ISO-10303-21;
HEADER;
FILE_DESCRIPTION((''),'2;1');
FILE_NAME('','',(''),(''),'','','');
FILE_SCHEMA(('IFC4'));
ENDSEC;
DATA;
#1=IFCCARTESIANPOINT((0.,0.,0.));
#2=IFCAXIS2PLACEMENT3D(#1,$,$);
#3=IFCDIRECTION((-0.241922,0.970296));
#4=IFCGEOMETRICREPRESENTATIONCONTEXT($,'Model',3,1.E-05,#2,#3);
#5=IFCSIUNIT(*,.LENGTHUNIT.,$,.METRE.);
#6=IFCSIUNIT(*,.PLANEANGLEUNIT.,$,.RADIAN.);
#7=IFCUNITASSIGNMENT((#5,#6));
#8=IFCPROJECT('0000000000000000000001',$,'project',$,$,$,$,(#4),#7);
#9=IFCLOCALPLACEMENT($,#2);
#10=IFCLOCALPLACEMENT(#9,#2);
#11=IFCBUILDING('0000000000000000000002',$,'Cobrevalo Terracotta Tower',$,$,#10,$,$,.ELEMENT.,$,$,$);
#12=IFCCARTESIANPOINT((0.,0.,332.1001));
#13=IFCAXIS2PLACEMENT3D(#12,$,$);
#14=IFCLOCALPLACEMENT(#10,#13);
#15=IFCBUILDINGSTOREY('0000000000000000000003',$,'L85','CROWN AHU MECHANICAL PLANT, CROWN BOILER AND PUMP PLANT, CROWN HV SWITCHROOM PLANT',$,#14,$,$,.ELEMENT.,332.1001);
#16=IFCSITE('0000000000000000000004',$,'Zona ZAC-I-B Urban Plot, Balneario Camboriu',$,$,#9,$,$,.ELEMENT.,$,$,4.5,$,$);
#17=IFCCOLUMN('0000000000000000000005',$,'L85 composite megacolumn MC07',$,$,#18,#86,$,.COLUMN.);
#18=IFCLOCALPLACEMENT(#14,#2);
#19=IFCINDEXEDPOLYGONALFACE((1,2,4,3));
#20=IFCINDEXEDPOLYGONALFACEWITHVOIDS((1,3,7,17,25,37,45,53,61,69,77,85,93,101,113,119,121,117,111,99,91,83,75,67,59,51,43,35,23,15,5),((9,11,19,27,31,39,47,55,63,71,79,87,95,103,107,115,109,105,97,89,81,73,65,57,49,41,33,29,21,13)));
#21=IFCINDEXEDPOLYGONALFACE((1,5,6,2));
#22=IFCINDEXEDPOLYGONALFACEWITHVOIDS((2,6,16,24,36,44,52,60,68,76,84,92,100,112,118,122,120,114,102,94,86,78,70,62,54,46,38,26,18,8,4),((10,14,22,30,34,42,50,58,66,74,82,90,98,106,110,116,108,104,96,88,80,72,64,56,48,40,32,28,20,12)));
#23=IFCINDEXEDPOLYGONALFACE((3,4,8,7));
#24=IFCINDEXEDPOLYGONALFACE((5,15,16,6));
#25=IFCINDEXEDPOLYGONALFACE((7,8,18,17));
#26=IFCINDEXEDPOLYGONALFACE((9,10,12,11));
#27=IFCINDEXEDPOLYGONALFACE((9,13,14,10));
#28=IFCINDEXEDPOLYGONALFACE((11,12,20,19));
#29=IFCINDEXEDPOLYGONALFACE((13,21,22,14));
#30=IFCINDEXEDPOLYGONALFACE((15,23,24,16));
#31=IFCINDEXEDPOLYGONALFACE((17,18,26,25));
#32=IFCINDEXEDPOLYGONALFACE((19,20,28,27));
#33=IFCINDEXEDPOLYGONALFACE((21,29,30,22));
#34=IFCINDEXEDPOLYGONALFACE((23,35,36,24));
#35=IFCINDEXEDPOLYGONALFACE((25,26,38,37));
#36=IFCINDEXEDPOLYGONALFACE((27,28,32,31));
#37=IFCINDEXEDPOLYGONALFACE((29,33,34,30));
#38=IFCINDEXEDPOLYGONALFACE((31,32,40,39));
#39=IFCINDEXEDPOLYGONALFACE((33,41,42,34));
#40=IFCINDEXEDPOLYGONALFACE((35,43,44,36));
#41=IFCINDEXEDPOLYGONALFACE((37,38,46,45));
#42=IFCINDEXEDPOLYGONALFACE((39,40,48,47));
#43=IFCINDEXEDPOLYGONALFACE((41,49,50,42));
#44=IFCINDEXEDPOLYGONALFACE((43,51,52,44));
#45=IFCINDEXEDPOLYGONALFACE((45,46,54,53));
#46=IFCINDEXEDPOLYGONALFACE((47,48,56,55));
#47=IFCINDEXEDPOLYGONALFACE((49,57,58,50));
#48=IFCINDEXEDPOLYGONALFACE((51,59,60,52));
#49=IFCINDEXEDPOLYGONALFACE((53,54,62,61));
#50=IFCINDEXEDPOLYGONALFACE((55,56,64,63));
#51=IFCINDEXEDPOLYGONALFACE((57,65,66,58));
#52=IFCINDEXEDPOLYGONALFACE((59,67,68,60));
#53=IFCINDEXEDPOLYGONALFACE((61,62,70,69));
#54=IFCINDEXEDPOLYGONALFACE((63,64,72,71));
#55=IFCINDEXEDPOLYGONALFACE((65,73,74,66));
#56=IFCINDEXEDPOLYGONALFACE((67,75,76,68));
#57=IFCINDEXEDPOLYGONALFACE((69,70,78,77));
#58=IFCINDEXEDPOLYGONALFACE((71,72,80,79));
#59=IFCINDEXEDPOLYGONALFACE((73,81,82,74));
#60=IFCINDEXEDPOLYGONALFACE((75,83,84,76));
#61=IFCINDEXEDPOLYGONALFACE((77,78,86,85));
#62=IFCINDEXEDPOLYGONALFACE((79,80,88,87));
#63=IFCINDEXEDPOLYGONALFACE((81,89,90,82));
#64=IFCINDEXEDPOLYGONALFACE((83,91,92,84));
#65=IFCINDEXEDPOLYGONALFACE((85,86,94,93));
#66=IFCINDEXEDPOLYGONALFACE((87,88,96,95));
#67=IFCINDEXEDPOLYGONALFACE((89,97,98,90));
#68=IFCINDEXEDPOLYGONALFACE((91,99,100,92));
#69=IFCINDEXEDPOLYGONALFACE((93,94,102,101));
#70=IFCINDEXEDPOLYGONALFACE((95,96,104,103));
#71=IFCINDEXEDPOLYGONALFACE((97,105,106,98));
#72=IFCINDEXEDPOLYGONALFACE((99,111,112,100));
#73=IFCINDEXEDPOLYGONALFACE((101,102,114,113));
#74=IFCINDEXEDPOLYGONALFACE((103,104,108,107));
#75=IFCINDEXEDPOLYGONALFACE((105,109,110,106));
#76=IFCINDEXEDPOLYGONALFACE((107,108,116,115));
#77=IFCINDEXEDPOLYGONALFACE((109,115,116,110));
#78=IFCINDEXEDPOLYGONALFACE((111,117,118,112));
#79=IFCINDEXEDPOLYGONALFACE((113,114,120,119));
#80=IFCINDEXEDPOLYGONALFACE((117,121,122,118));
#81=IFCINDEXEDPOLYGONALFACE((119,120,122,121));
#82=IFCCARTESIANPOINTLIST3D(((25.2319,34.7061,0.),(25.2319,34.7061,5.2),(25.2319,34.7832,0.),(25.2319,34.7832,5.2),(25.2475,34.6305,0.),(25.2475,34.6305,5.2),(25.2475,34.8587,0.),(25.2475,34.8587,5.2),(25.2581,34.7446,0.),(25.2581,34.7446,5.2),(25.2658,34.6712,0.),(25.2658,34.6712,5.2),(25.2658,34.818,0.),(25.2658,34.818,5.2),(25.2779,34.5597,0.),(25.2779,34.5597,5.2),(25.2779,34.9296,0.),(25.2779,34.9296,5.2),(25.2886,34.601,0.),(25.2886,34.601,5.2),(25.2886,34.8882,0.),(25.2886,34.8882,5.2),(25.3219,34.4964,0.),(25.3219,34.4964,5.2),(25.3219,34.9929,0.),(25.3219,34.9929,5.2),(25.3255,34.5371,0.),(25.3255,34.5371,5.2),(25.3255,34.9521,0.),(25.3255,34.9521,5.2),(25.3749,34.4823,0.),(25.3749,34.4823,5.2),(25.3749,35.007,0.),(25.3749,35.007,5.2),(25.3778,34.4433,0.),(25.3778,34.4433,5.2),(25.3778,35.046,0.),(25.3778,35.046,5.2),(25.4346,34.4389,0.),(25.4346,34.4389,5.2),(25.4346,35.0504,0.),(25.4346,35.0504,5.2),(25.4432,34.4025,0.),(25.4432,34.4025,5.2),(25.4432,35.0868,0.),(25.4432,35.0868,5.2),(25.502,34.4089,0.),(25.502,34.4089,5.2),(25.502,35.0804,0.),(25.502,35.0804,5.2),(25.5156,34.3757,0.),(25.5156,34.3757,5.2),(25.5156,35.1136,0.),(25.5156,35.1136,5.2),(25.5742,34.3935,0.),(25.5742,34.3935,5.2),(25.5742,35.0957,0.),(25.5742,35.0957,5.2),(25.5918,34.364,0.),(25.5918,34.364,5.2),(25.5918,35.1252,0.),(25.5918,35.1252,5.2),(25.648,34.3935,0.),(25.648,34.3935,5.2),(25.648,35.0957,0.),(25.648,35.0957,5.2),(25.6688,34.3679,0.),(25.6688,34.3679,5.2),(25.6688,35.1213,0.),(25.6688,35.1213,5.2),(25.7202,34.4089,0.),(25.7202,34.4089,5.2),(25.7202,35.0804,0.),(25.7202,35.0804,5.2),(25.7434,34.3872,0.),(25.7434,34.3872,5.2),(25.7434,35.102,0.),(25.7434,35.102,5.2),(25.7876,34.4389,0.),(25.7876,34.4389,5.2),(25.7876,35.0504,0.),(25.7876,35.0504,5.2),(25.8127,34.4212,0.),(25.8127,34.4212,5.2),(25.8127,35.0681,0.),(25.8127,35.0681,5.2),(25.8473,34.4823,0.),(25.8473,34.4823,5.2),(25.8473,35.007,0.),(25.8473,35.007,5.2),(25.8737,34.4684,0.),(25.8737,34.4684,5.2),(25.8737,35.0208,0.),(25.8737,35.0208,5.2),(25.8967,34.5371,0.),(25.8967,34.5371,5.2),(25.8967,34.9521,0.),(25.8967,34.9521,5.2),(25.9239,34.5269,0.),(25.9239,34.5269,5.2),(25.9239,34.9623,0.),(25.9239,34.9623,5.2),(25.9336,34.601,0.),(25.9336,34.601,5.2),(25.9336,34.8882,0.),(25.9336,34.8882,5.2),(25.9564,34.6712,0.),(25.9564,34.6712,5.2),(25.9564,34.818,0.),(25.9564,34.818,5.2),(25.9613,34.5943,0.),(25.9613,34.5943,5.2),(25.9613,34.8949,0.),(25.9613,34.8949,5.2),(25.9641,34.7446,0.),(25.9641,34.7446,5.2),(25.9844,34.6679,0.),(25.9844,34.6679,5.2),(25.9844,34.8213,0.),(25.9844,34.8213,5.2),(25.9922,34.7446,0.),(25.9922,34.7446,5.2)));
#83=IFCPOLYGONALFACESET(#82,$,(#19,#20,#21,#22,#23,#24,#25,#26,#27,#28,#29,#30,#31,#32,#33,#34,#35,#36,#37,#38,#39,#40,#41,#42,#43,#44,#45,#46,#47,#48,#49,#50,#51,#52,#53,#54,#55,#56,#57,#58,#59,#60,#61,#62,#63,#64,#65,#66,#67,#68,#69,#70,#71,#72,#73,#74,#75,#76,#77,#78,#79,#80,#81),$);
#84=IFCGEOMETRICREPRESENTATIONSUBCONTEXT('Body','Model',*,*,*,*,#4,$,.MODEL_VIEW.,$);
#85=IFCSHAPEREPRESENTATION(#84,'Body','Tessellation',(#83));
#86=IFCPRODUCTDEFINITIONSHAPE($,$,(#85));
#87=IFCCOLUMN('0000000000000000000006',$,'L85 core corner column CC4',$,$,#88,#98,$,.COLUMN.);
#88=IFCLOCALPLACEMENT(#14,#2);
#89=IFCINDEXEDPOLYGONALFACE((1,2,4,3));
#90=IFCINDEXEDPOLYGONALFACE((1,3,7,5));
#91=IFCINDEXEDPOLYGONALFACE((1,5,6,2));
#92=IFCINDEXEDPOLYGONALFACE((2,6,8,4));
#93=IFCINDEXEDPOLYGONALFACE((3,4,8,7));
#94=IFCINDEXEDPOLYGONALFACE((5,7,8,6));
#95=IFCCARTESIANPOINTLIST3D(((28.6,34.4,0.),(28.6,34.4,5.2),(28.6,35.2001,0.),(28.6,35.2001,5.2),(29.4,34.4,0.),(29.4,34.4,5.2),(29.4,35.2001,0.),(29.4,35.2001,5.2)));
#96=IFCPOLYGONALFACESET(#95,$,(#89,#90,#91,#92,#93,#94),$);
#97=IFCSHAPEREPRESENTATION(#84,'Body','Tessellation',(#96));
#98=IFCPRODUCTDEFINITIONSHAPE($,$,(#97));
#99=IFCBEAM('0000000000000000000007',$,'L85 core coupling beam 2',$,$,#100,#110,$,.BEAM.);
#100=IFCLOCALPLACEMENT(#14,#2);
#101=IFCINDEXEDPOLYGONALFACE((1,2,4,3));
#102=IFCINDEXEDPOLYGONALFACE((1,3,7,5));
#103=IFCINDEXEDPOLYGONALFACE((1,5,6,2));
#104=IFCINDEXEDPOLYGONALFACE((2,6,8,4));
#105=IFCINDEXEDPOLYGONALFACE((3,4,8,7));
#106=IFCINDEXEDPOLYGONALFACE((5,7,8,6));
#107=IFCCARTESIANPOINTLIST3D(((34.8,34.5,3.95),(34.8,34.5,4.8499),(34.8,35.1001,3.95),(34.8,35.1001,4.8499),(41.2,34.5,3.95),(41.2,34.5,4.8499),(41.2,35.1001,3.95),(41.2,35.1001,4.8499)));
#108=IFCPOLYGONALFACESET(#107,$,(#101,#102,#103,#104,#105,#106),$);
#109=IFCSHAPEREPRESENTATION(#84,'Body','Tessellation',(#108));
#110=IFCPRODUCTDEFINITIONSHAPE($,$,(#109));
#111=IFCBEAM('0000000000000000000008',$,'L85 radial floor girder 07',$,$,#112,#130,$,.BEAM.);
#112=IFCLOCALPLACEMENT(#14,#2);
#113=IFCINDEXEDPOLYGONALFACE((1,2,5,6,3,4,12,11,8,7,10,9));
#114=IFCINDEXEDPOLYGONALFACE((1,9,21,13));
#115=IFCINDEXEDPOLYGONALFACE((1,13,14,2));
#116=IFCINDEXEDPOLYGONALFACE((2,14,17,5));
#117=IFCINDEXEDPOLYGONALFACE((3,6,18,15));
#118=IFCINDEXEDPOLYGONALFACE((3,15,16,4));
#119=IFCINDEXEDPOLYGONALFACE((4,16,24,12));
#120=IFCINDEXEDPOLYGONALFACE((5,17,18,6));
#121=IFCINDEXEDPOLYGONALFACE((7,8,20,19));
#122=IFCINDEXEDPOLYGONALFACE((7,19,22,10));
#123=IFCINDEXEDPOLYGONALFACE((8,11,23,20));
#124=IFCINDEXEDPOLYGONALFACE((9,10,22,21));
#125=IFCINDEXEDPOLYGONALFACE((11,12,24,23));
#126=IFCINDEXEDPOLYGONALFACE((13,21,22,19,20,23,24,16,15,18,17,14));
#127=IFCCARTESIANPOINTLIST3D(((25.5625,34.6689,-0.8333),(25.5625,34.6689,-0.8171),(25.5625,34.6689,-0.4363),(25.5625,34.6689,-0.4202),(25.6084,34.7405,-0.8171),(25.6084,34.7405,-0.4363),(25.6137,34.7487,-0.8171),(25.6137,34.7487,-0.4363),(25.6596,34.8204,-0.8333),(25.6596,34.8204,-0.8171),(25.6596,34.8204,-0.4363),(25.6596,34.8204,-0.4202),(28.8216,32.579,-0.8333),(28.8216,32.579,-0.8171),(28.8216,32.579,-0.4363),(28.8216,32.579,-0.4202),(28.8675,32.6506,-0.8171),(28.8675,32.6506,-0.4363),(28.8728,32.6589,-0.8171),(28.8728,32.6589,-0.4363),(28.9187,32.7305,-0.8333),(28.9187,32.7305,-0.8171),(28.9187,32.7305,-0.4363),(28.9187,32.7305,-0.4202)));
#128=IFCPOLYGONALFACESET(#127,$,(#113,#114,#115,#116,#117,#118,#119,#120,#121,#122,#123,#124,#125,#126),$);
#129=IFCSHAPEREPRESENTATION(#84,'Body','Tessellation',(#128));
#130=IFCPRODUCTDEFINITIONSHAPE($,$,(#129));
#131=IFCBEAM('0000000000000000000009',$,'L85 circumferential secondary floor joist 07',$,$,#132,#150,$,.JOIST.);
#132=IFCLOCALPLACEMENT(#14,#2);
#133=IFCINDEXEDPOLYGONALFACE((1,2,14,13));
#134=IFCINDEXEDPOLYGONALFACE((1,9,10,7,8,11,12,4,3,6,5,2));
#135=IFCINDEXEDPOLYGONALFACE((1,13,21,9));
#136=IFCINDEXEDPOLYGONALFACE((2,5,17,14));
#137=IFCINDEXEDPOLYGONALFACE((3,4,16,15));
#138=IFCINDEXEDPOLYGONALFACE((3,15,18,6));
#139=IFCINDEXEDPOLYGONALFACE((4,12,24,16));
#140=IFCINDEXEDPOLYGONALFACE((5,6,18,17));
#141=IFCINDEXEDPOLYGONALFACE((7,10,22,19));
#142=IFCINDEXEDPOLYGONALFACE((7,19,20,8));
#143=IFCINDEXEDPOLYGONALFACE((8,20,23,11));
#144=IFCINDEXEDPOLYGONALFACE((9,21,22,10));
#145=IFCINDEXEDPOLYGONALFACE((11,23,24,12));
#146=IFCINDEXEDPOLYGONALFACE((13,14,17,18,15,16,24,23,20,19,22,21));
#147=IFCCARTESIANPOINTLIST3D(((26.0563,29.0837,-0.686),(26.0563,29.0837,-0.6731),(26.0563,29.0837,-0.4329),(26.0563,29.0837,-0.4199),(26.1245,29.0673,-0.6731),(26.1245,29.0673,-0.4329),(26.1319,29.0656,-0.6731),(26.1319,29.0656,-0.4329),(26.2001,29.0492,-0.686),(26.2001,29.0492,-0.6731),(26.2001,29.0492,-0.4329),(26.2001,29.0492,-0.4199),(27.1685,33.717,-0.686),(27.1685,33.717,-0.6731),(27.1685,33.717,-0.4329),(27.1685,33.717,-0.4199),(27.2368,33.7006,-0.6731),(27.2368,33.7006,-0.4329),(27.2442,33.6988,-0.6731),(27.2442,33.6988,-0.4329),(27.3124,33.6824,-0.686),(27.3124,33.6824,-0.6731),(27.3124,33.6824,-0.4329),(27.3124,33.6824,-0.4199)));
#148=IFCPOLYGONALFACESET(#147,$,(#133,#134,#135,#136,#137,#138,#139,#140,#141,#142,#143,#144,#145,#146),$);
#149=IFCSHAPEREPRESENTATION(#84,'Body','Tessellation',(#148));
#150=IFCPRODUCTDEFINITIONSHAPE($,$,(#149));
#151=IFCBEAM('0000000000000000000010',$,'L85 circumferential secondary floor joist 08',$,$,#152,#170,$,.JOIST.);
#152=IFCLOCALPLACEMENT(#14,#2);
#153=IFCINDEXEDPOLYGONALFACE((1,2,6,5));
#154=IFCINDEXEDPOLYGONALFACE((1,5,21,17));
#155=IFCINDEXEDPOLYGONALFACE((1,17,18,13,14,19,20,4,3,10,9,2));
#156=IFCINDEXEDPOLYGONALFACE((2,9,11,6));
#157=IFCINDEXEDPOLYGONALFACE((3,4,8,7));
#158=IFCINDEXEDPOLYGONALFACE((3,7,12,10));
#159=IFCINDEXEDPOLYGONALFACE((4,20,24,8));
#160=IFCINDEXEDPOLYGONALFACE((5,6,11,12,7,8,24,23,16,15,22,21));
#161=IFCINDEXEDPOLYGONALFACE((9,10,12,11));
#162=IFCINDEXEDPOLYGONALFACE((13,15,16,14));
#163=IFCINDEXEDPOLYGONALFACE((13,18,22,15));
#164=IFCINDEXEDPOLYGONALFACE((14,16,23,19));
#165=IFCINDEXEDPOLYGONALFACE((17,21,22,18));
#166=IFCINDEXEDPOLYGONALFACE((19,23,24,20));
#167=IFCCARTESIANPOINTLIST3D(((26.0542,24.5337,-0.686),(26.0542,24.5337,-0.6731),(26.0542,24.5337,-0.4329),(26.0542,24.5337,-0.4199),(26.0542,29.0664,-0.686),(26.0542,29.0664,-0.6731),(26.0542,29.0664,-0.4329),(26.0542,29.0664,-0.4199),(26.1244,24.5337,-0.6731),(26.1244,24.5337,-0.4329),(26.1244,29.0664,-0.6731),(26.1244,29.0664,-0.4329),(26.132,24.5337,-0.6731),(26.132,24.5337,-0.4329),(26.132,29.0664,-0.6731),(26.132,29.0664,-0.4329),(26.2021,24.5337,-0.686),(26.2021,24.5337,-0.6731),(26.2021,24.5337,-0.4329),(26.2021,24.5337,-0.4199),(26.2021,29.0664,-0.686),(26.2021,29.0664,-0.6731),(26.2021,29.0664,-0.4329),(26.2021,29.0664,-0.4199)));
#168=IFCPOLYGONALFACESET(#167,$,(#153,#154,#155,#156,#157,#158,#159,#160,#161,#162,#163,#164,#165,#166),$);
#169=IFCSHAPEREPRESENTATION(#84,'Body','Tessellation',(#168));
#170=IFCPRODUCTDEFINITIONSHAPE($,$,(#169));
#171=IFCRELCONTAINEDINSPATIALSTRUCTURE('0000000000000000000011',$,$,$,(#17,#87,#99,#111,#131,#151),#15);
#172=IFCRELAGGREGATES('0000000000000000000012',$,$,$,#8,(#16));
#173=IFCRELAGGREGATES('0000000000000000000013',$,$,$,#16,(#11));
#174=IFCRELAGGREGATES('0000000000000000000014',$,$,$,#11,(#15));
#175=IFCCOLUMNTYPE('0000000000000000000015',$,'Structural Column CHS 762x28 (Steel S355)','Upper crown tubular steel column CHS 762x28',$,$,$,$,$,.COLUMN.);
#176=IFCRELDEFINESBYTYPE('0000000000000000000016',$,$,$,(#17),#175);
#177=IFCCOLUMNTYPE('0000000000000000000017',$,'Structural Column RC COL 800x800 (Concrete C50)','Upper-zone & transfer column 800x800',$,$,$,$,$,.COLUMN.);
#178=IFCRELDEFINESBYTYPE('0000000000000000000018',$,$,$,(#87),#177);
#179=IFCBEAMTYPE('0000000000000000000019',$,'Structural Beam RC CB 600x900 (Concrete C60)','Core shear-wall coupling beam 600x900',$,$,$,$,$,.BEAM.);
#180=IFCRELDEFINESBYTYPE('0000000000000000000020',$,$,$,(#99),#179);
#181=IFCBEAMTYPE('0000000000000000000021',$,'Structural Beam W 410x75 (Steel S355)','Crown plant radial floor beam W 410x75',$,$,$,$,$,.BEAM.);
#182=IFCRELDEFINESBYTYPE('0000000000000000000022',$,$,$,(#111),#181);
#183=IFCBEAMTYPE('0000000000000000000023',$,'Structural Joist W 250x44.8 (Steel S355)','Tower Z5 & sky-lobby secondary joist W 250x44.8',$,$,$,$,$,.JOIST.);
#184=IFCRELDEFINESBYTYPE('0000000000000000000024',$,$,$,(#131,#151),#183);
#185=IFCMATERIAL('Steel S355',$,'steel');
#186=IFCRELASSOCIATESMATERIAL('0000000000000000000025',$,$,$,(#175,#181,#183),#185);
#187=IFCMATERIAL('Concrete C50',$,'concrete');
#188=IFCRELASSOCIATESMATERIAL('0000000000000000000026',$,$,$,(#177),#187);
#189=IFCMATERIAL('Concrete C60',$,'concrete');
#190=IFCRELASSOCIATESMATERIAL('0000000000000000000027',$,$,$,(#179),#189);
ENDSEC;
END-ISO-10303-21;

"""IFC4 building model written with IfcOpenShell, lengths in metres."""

from ifc_helpers import new_model, si_unit, direction, frame, origin, origin_2d, place, context, subcontext, project, spatial, rectangle, hollow_circle, i_section, extrude, material, material_profile, profile_set, type_object, element, save


model = new_model("IFC4")

# Units and contexts
model_context = context("Model", 3, precision=1e-05, world=origin(), true_north=direction((-0.241922, 0.970296)))
body_context = subcontext(model_context, "Body", "Model", "MODEL_VIEW")
ifc_project = project(units=[si_unit("LENGTHUNIT", "METRE"), si_unit("PLANEANGLEUNIT", "RADIAN")], contexts=[model_context])

# Site, building, storey
site_placement = place(None, origin())
site = spatial("IfcSite", under=ifc_project, at=site_placement, Name="Zona ZAC-I-B Urban Plot, Balneario Camboriu", CompositionType="ELEMENT", RefElevation=4.5)
building_placement = place(site_placement, origin())
building = spatial("IfcBuilding", under=site, at=building_placement, Name="Cobrevalo Terracotta Tower", CompositionType="ELEMENT")
storey_placement = place(building_placement, frame((0.0, 0.0, 332.1001)))
storey = spatial("IfcBuildingStorey", under=building, at=storey_placement, Name="L85", Description="CROWN AHU MECHANICAL PLANT, CROWN BOILER AND PUMP PLANT, CROWN HV SWITCHROOM PLANT", CompositionType="ELEMENT", Elevation=332.1001)

# Columns
ifc_material_1 = material(Name="Steel S355", Category="steel")
ifc_material_profile_1 = material_profile(ifc_material_1, hollow_circle(Radius=0.3811, WallThickness=0.0281, at=origin_2d()), Name="CHS 762x28")
ifc_profile_set_1 = profile_set([ifc_material_profile_1], Name="Steel S355")
column_type_1 = type_object("IfcColumnType", Name="Structural Column CHS 762x28 (Steel S355)", Description="Upper crown tubular steel column CHS 762x28", PredefinedType="COLUMN", material=ifc_profile_set_1)
column_1_placement = place(storey_placement, frame((25.6111, 34.7446, 0.0), z_axis=(0.0, 0.0, 1.0), x_axis=(1.0, 0.0, 0.0)))
element("IfcColumn", 1, at=column_1_placement, inside=storey, type_object=column_type_1, Name="L85 composite megacolumn MC07", PredefinedType="COLUMN", context=body_context, shape_type="SweptSolid", body=[
    extrude(hollow_circle(Radius=0.3811, WallThickness=0.0281, at=origin_2d()), origin(), (0.0, 0.0, 1.0), 5.2),
])
ifc_material_2 = material(Name="Concrete C50", Category="concrete")
ifc_material_profile_2 = material_profile(ifc_material_2, rectangle(XDim=0.8, YDim=0.8, at=origin_2d()), Name="RC COL 800x800")
ifc_profile_set_2 = profile_set([ifc_material_profile_2], Name="Concrete C50")
column_type_2 = type_object("IfcColumnType", Name="Structural Column RC COL 800x800 (Concrete C50)", Description="Upper-zone & transfer column 800x800", PredefinedType="COLUMN", material=ifc_profile_set_2)
column_2_placement = place(storey_placement, frame((29.0, 34.8, 0.0), z_axis=(0.0, 0.0, 1.0), x_axis=(1.0, 0.0, 0.0)))
element("IfcColumn", 2, at=column_2_placement, inside=storey, type_object=column_type_2, Name="L85 core corner column CC4", PredefinedType="COLUMN", context=body_context, shape_type="SweptSolid", body=[
    extrude(rectangle(XDim=0.8, YDim=0.8, at=origin_2d()), origin(), (0.0, 0.0, 1.0), 5.2),
])

# Beams
ifc_material_3 = material(Name="Concrete C60", Category="concrete")
ifc_material_profile_3 = material_profile(ifc_material_3, rectangle(XDim=0.6001, YDim=0.8999, at=origin_2d()), Name="RC CB 600x900")
ifc_profile_set_3 = profile_set([ifc_material_profile_3], Name="Concrete C60")
beam_type_1 = type_object("IfcBeamType", Name="Structural Beam RC CB 600x900 (Concrete C60)", Description="Core shear-wall coupling beam 600x900", PredefinedType="BEAM", material=ifc_profile_set_3)
beam_1_placement = place(storey_placement, frame((34.8, 34.8, 4.3999), z_axis=(1.0, 0.0, 0.0), x_axis=(0.0, 1.0, 0.0)))
element("IfcBeam", 3, at=beam_1_placement, inside=storey, type_object=beam_type_1, Name="L85 core coupling beam 2", PredefinedType="BEAM", context=body_context, shape_type="SweptSolid", body=[
    extrude(rectangle(XDim=0.6001, YDim=0.8999, at=origin_2d()), origin(), (0.0, 0.0, 1.0), 6.3999),
])
ifc_material_profile_4 = material_profile(ifc_material_1, i_section(OverallWidth=0.1799, OverallDepth=0.4131, WebThickness=0.0098, FlangeThickness=0.0161, at=origin_2d()), Name="W 410x75")
ifc_profile_set_4 = profile_set([ifc_material_profile_4], Name="Steel S355")
beam_type_2 = type_object("IfcBeamType", Name="Structural Beam W 410x75 (Steel S355)", Description="Crown plant radial floor beam W 410x75", PredefinedType="BEAM", material=ifc_profile_set_4)
beam_2_placement = place(storey_placement, frame((25.6111, 34.7446, -0.6267), z_axis=(0.841795, -0.539798, 0.0), x_axis=(0.539798, 0.841795, 0.0)))
element("IfcBeam", 4, at=beam_2_placement, inside=storey, type_object=beam_type_2, Name="L85 radial floor girder 07", PredefinedType="BEAM", context=body_context, shape_type="SweptSolid", body=[
    extrude(i_section(OverallWidth=0.1799, OverallDepth=0.4131, WebThickness=0.0098, FlangeThickness=0.0161, at=origin_2d()), origin(), (0.0, 0.0, 1.0), 3.8716),
])
ifc_material_profile_5 = material_profile(ifc_material_1, i_section(OverallWidth=0.1479, OverallDepth=0.2661, WebThickness=0.0076, FlangeThickness=0.0129, at=origin_2d()), Name="W 250x44.8")
ifc_profile_set_5 = profile_set([ifc_material_profile_5], Name="Steel S355")
beam_type_3 = type_object("IfcBeamType", Name="Structural Joist W 250x44.8 (Steel S355)", Description="Tower Z5 & sky-lobby secondary joist W 250x44.8", PredefinedType="JOIST", material=ifc_profile_set_5)
beam_3_placement = place(storey_placement, frame((27.2405, 33.6997, -0.553), z_axis=(-0.233435, -0.972372, 0.0), x_axis=(0.972372, -0.233435, 0.0)))
element("IfcBeam", 5, at=beam_3_placement, inside=storey, type_object=beam_type_3, Name="L85 circumferential secondary floor joist 07", PredefinedType="JOIST", context=body_context, shape_type="SweptSolid", body=[
    extrude(i_section(OverallWidth=0.1479, OverallDepth=0.2661, WebThickness=0.0076, FlangeThickness=0.0129, at=origin_2d()), origin(), (0.0, 0.0, 1.0), 4.7649),
])
beam_4_placement = place(storey_placement, frame((26.1282, 29.0664, -0.553), z_axis=(0.0, -1.0, 0.0), x_axis=(1.0, 0.0, 0.0)))
element("IfcBeam", 6, at=beam_4_placement, inside=storey, type_object=beam_type_3, Name="L85 circumferential secondary floor joist 08", PredefinedType="JOIST", context=body_context, shape_type="SweptSolid", body=[
    extrude(i_section(OverallWidth=0.1479, OverallDepth=0.2661, WebThickness=0.0076, FlangeThickness=0.0129, at=origin_2d()), origin(), (0.0, 0.0, 1.0), 4.5327),
])

save(model, "model.ifc")
